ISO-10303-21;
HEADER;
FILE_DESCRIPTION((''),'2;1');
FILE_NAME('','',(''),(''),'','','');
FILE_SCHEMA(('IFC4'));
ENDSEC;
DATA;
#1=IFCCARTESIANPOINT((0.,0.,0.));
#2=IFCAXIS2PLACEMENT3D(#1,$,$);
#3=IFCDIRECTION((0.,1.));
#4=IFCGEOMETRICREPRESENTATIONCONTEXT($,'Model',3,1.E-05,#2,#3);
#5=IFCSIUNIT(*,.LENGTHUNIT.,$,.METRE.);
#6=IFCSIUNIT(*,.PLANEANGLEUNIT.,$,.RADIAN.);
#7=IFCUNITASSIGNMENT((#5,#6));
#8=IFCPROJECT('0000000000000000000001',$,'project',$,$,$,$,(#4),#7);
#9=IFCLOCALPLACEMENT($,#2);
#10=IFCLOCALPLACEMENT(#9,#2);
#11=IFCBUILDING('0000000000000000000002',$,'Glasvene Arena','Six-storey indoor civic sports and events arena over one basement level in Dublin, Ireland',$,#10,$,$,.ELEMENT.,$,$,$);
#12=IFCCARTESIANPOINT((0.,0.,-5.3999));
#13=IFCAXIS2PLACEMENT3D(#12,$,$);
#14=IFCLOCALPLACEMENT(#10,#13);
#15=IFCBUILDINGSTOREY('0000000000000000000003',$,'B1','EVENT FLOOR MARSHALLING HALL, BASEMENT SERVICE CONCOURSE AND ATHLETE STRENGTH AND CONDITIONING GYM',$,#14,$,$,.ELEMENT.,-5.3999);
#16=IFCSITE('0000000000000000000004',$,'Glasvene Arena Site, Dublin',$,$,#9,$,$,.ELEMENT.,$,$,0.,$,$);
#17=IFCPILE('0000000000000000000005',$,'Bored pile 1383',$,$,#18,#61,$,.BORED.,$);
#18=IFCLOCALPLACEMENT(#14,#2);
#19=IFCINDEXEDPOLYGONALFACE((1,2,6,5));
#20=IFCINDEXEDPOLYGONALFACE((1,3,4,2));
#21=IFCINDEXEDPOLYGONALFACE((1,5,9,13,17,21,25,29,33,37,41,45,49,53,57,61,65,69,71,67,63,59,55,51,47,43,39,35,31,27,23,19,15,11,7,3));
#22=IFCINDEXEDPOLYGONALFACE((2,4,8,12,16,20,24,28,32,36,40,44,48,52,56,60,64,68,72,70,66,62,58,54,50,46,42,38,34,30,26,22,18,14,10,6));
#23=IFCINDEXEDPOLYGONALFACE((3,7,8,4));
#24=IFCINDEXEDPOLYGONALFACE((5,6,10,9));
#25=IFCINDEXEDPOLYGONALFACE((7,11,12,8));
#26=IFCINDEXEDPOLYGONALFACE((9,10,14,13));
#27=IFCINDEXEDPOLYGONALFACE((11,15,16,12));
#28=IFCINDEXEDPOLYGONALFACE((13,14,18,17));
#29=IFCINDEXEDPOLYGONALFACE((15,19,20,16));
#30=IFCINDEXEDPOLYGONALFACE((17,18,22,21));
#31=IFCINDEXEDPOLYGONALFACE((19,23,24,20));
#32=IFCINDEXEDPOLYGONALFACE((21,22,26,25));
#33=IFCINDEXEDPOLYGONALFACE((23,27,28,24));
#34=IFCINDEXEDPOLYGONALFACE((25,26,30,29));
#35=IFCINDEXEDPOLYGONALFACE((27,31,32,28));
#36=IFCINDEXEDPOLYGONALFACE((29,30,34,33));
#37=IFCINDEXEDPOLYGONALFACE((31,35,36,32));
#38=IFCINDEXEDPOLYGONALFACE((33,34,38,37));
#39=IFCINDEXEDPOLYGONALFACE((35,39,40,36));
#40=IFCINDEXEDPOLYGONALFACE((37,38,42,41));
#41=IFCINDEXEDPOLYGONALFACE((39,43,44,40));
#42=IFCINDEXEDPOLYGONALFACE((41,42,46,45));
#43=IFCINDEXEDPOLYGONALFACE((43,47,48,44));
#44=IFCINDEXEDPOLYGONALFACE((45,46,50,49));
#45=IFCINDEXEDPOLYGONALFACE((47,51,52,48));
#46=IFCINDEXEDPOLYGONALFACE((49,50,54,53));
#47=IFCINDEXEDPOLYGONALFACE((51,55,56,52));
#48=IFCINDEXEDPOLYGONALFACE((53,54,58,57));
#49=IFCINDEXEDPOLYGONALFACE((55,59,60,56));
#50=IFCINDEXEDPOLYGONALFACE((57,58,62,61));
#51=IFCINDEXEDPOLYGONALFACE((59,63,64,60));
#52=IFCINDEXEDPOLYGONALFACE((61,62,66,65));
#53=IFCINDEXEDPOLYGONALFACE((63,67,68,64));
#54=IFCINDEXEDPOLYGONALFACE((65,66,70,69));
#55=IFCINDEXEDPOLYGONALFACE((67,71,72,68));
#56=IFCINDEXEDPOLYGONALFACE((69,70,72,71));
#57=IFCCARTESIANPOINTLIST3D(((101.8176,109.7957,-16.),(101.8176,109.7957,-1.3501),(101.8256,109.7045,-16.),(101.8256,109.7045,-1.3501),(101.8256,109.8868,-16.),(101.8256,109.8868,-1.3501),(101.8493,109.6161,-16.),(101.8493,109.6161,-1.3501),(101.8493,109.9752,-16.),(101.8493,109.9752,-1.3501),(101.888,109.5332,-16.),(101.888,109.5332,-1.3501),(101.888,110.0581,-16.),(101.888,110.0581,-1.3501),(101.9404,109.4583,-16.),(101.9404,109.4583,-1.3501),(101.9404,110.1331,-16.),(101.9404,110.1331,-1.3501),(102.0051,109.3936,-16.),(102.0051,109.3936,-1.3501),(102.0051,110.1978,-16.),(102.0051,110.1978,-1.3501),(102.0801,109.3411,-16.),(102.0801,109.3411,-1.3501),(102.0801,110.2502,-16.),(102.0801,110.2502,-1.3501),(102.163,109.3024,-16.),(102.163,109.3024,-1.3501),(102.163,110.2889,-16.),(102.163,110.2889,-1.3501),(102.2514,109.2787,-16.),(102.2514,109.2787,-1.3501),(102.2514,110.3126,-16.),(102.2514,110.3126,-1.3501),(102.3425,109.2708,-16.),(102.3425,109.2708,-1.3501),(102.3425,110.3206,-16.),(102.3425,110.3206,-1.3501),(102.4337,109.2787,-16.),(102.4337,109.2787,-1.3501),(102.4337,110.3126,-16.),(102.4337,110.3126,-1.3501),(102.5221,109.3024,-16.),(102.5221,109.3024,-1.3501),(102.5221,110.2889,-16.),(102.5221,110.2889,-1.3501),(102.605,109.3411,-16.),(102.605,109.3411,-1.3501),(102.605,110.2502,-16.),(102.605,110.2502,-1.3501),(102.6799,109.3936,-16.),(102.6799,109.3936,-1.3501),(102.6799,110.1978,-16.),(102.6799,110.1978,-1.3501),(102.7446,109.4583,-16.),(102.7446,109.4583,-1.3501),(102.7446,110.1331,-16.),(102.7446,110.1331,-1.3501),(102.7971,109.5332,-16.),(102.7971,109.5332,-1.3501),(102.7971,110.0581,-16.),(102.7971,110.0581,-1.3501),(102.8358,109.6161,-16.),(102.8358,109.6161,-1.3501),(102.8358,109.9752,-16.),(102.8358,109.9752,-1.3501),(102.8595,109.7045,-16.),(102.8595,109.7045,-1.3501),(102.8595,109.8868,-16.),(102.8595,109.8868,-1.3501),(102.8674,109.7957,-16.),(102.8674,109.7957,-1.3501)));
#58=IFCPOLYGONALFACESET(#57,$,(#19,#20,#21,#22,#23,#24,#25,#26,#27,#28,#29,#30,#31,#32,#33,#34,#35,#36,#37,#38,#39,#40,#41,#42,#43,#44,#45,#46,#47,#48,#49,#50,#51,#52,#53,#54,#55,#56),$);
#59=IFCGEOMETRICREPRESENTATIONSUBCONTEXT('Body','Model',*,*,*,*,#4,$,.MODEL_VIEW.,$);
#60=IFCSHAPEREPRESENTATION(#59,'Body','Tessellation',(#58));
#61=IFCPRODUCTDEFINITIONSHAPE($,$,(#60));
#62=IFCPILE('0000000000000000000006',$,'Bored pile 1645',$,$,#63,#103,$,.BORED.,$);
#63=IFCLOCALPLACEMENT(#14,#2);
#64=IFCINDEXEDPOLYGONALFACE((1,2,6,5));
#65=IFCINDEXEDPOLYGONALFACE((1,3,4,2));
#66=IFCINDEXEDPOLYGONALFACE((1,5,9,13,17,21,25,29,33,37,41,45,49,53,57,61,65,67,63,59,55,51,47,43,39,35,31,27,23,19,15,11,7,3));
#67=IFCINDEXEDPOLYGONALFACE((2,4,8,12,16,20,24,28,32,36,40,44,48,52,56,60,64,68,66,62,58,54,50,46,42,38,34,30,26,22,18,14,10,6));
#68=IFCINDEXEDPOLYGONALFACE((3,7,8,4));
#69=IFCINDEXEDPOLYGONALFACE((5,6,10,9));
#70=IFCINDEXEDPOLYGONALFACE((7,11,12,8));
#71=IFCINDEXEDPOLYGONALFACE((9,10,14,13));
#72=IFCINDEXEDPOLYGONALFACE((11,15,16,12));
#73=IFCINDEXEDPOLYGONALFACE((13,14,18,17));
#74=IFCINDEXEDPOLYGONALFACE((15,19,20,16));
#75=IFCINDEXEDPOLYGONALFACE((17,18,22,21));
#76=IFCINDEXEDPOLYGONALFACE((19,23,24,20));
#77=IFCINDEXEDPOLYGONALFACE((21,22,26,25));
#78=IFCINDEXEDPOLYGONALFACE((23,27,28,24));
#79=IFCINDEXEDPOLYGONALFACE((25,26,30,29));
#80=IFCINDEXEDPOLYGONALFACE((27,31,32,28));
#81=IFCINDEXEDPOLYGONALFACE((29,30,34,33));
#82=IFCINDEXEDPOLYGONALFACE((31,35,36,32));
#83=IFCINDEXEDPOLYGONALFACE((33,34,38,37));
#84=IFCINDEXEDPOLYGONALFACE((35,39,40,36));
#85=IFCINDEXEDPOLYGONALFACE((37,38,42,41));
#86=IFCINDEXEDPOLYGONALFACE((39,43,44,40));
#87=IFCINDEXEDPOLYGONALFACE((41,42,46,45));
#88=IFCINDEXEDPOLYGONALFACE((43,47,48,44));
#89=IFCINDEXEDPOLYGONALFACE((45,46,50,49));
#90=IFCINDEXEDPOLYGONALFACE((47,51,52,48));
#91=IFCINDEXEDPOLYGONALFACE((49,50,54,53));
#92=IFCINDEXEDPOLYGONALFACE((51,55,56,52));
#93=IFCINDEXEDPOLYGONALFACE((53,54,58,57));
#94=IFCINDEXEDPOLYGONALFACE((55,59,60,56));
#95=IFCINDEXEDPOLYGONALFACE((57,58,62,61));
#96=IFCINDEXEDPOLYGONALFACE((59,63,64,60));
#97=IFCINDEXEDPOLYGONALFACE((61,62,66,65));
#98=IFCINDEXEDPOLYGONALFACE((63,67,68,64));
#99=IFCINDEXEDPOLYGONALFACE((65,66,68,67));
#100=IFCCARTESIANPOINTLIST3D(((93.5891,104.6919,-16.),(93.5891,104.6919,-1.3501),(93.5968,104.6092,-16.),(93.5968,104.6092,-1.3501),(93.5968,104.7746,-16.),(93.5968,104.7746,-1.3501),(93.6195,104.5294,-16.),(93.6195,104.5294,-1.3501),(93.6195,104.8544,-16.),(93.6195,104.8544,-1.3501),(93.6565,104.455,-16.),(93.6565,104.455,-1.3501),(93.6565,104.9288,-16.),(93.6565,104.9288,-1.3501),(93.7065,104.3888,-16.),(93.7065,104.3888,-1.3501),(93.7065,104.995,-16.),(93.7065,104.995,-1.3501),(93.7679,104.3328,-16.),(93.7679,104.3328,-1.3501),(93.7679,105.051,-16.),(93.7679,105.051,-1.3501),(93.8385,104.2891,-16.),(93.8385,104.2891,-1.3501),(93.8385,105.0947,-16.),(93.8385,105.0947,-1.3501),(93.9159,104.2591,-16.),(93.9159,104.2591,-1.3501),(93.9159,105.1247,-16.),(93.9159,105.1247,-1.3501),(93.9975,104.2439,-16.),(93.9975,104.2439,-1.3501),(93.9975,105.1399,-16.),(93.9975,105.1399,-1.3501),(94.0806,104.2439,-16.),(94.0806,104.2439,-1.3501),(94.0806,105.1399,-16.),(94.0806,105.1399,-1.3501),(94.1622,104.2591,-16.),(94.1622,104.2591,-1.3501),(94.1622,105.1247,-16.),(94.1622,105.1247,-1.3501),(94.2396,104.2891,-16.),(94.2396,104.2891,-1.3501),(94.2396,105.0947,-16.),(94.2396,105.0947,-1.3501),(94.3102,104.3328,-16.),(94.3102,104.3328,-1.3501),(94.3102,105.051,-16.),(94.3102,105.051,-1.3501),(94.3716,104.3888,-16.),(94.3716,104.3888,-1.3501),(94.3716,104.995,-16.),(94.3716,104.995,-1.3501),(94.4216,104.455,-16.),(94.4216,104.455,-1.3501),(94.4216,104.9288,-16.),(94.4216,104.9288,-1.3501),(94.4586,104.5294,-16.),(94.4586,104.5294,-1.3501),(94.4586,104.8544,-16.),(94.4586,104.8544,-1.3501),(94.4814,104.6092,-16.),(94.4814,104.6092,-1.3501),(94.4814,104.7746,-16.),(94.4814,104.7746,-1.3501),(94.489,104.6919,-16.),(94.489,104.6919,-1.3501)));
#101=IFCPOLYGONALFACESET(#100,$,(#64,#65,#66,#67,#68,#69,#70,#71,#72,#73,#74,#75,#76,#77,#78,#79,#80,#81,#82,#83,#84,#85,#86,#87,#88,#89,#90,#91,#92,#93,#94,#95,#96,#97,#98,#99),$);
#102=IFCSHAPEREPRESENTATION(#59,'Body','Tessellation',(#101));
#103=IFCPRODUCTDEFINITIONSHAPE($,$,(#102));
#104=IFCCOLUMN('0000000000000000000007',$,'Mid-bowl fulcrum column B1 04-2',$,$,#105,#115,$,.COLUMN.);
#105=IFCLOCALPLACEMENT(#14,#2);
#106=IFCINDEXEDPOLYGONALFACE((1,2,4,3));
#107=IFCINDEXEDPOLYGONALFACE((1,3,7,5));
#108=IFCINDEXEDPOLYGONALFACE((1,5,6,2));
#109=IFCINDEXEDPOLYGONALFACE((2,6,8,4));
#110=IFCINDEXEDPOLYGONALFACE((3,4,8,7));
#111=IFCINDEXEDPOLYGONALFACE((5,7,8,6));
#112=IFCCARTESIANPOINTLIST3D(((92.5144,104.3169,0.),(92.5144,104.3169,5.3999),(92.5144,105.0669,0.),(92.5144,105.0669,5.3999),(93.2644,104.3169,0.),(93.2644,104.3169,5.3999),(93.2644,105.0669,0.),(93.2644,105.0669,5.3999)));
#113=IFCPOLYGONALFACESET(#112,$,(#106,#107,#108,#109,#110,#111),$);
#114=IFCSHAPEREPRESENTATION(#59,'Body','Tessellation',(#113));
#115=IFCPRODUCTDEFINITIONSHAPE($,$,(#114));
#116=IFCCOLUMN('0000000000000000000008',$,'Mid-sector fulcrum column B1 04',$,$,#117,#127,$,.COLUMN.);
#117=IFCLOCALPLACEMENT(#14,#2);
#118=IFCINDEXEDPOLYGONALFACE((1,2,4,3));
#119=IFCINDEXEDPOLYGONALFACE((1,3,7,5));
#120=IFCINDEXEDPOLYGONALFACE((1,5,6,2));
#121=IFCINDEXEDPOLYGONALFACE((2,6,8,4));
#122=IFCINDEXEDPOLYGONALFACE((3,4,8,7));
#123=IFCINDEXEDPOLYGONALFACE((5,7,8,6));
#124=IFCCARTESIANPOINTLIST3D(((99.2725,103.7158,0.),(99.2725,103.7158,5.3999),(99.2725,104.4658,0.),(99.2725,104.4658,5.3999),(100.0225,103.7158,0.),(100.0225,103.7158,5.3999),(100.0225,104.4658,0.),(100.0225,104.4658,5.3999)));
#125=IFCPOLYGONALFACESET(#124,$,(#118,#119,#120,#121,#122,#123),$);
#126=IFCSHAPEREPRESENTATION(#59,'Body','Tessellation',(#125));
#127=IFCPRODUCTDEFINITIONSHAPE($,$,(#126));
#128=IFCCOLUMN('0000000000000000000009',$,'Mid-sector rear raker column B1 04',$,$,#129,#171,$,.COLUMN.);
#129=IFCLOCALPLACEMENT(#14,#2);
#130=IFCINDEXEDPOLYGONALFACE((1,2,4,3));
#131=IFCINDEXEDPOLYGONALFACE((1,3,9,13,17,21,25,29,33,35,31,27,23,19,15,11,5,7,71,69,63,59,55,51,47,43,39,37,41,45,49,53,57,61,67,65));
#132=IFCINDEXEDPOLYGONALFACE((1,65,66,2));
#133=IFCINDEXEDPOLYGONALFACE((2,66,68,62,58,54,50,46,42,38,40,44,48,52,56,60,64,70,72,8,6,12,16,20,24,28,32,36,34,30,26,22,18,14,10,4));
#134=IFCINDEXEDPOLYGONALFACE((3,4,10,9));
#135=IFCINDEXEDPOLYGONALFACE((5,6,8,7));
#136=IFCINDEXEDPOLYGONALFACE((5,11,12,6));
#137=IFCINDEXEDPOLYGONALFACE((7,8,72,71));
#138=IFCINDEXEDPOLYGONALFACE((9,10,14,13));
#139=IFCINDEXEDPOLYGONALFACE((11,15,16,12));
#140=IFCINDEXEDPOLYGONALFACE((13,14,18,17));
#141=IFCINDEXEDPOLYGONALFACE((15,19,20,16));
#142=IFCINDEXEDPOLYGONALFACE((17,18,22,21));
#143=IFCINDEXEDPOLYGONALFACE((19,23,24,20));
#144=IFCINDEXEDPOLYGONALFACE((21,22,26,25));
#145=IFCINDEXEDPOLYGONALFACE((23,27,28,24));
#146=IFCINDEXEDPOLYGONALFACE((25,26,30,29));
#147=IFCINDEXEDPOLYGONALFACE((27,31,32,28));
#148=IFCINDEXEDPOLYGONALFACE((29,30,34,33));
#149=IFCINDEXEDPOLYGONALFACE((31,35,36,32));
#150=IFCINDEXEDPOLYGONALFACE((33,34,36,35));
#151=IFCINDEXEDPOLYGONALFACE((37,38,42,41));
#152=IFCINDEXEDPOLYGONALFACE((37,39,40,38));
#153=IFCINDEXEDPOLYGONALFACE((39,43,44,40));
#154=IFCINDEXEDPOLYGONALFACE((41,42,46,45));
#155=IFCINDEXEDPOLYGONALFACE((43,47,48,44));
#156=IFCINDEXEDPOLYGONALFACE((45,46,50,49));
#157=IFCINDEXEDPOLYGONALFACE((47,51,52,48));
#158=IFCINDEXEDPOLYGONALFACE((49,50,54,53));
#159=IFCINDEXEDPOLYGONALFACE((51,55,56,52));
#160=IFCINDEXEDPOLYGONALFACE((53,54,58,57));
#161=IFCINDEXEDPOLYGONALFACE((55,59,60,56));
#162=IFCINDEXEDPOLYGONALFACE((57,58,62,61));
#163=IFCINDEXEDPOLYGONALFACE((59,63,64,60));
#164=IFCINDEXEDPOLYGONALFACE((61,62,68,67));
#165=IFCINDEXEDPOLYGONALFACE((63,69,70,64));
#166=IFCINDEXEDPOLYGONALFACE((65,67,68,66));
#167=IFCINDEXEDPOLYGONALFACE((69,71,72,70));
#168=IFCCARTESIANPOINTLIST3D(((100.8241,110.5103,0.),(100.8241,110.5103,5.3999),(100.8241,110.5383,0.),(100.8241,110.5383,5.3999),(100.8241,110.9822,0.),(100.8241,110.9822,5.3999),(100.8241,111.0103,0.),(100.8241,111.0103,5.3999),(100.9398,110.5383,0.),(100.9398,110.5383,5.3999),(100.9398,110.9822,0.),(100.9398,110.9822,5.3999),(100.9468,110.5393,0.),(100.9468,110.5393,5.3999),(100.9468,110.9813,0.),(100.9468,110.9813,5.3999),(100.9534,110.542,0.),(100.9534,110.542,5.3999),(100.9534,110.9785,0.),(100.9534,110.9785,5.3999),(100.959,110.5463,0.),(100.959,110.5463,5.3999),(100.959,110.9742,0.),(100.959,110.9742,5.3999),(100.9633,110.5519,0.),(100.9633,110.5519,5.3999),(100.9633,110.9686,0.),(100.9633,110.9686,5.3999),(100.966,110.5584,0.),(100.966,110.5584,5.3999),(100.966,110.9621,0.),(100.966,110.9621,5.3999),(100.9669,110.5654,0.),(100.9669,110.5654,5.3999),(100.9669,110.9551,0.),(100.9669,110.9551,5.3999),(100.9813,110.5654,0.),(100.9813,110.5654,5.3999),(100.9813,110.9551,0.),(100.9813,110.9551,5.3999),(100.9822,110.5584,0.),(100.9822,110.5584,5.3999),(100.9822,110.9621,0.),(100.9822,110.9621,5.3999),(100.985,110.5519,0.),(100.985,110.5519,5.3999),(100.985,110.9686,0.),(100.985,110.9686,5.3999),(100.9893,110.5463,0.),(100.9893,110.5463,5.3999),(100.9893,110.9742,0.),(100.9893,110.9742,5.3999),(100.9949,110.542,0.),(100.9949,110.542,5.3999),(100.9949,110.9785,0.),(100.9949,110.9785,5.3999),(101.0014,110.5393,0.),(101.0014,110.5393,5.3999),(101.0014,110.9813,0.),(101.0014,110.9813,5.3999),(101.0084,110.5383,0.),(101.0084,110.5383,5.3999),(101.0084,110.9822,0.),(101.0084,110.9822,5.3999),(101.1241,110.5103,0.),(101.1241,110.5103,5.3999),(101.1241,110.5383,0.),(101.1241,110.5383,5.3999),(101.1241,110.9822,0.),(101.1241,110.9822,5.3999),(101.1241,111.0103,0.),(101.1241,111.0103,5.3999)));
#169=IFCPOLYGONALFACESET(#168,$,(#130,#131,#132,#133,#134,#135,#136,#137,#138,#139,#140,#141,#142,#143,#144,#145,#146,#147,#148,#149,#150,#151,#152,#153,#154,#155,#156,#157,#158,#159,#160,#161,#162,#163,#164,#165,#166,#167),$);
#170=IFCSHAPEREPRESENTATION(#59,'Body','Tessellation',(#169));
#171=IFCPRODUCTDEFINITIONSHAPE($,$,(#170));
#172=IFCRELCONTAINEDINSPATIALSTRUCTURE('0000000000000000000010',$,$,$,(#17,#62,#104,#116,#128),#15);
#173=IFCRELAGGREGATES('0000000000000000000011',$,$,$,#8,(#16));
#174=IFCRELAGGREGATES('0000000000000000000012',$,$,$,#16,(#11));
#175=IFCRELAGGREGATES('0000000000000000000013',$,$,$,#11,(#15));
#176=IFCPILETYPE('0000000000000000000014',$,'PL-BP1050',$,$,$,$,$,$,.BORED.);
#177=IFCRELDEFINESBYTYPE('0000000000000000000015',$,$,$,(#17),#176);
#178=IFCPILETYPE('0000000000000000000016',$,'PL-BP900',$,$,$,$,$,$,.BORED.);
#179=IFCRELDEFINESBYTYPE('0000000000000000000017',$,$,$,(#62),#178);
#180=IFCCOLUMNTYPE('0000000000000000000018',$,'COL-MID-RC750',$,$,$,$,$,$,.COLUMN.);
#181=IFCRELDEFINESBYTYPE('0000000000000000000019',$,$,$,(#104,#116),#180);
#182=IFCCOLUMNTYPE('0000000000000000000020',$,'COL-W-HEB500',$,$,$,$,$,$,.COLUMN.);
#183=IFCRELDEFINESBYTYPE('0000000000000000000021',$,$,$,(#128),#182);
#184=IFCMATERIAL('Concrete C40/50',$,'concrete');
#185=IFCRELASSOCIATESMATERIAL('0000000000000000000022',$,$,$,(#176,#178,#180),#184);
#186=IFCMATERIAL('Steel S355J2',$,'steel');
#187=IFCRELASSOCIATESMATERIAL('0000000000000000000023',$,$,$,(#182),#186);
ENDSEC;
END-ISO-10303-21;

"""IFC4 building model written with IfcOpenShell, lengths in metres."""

from ifc_helpers import new_model, si_unit, direction, frame, origin, origin_2d, place, context, subcontext, project, spatial, rectangle, circle, i_section, extrude, material, material_profile, profile_set, type_object, element, save


model = new_model("IFC4")

# Units and contexts
model_context = context("Model", 3, precision=1e-05, world=origin(), true_north=direction((0.0, 1.0)))
body_context = subcontext(model_context, "Body", "Model", "MODEL_VIEW")
ifc_project = project(units=[si_unit("LENGTHUNIT", "METRE"), si_unit("PLANEANGLEUNIT", "RADIAN")], contexts=[model_context])

# Site, building, storey
site_placement = place(None, origin())
site = spatial("IfcSite", under=ifc_project, at=site_placement, Name="Glasvene Arena Site, Dublin", CompositionType="ELEMENT", RefElevation=0.0)
building_placement = place(site_placement, origin())
building = spatial("IfcBuilding", under=site, at=building_placement, Name="Glasvene Arena", Description="Six-storey indoor civic sports and events arena over one basement level in Dublin, Ireland", CompositionType="ELEMENT")
storey_placement = place(building_placement, frame((0.0, 0.0, -5.3999)))
storey = spatial("IfcBuildingStorey", under=building, at=storey_placement, Name="B1", Description="EVENT FLOOR MARSHALLING HALL, BASEMENT SERVICE CONCOURSE AND ATHLETE STRENGTH AND CONDITIONING GYM", CompositionType="ELEMENT", Elevation=-5.3999)

# Shared definitions
ifc_material_1 = material(Name="Concrete C40/50", Category="concrete")

# Piles
ifc_material_profile_1 = material_profile(ifc_material_1, circle(Radius=0.5249, at=origin_2d()), Name="BORED PILE 1050")
ifc_profile_set_1 = profile_set([ifc_material_profile_1], Name="Concrete C40/50")
pile_type_1 = type_object("IfcPileType", Name="PL-BP1050", PredefinedType="BORED", material=ifc_profile_set_1)
for number, where, z_axis, x_axis, name in (
    (1, (102.3425, 109.7957, -1.3501), (0.0, 0.0, -1.0), (1.0, 0.0, 0.0), "Bored pile 1383"),
):
    element("IfcPile", number, at=place(storey_placement, frame(where, z_axis=z_axis, x_axis=x_axis)), inside=storey, type_object=pile_type_1, Name=name, PredefinedType="BORED", context=body_context, shape_type="SweptSolid", body=[
        extrude(circle(Radius=0.5249, at=origin_2d()), origin(), (0.0, 0.0, 1.0), 14.6499),
    ])
ifc_material_profile_2 = material_profile(ifc_material_1, circle(Radius=0.45, at=origin_2d()), Name="BORED PILE 900")
ifc_profile_set_2 = profile_set([ifc_material_profile_2], Name="Concrete C40/50")
pile_type_2 = type_object("IfcPileType", Name="PL-BP900", PredefinedType="BORED", material=ifc_profile_set_2)
pile_placement = place(storey_placement, frame((94.0391, 104.6919, -1.3501), z_axis=(0.0, 0.0, -1.0), x_axis=(1.0, 0.0, 0.0)))
element("IfcPile", 2, at=pile_placement, inside=storey, type_object=pile_type_2, Name="Bored pile 1645", PredefinedType="BORED", context=body_context, shape_type="SweptSolid", body=[
    extrude(circle(Radius=0.45, at=origin_2d()), origin(), (0.0, 0.0, 1.0), 14.6499),
])

# Columns
ifc_material_profile_3 = material_profile(ifc_material_1, rectangle(XDim=0.75, YDim=0.75, at=origin_2d()), Name="RC 750x750")
ifc_profile_set_3 = profile_set([ifc_material_profile_3], Name="Concrete C40/50")
column_type_1 = type_object("IfcColumnType", Name="COL-MID-RC750", PredefinedType="COLUMN", material=ifc_profile_set_3)
for number, where, z_axis, x_axis, name in (
    (3, (92.8894, 104.6919, 0.0), (0.0, 0.0, 1.0), (1.0, 0.0, 0.0), "Mid-bowl fulcrum column B1 04-2"),
    (4, (99.6475, 104.0908, 0.0), (0.0, 0.0, 1.0), (1.0, 0.0, 0.0), "Mid-sector fulcrum column B1 04"),
):
    element("IfcColumn", number, at=place(storey_placement, frame(where, z_axis=z_axis, x_axis=x_axis)), inside=storey, type_object=column_type_1, Name=name, PredefinedType="COLUMN", context=body_context, shape_type="SweptSolid", body=[
        extrude(rectangle(XDim=0.75, YDim=0.75, at=origin_2d()), origin(), (0.0, 0.0, 1.0), 5.3999),
    ])
ifc_material_2 = material(Name="Steel S355J2", Category="steel")
ifc_material_profile_4 = material_profile(ifc_material_2, i_section(OverallWidth=0.3, OverallDepth=0.5, WebThickness=0.0144, FlangeThickness=0.0281, FilletRadius=0.0271, at=origin_2d()), Name="HEB 500")
ifc_profile_set_4 = profile_set([ifc_material_profile_4], Name="Steel S355J2")
column_type_2 = type_object("IfcColumnType", Name="COL-W-HEB500", PredefinedType="COLUMN", material=ifc_profile_set_4)
column_placement = place(storey_placement, frame((100.9741, 110.7603, 0.0), z_axis=(0.0, 0.0, 1.0), x_axis=(1.0, 0.0, 0.0)))
element("IfcColumn", 5, at=column_placement, inside=storey, type_object=column_type_2, Name="Mid-sector rear raker column B1 04", PredefinedType="COLUMN", context=body_context, shape_type="SweptSolid", body=[
    extrude(i_section(OverallWidth=0.3, OverallDepth=0.5, WebThickness=0.0144, FlangeThickness=0.0281, FilletRadius=0.0271, at=origin_2d()), origin(), (0.0, 0.0, 1.0), 5.3999),
])

save(model, "model.ifc")
